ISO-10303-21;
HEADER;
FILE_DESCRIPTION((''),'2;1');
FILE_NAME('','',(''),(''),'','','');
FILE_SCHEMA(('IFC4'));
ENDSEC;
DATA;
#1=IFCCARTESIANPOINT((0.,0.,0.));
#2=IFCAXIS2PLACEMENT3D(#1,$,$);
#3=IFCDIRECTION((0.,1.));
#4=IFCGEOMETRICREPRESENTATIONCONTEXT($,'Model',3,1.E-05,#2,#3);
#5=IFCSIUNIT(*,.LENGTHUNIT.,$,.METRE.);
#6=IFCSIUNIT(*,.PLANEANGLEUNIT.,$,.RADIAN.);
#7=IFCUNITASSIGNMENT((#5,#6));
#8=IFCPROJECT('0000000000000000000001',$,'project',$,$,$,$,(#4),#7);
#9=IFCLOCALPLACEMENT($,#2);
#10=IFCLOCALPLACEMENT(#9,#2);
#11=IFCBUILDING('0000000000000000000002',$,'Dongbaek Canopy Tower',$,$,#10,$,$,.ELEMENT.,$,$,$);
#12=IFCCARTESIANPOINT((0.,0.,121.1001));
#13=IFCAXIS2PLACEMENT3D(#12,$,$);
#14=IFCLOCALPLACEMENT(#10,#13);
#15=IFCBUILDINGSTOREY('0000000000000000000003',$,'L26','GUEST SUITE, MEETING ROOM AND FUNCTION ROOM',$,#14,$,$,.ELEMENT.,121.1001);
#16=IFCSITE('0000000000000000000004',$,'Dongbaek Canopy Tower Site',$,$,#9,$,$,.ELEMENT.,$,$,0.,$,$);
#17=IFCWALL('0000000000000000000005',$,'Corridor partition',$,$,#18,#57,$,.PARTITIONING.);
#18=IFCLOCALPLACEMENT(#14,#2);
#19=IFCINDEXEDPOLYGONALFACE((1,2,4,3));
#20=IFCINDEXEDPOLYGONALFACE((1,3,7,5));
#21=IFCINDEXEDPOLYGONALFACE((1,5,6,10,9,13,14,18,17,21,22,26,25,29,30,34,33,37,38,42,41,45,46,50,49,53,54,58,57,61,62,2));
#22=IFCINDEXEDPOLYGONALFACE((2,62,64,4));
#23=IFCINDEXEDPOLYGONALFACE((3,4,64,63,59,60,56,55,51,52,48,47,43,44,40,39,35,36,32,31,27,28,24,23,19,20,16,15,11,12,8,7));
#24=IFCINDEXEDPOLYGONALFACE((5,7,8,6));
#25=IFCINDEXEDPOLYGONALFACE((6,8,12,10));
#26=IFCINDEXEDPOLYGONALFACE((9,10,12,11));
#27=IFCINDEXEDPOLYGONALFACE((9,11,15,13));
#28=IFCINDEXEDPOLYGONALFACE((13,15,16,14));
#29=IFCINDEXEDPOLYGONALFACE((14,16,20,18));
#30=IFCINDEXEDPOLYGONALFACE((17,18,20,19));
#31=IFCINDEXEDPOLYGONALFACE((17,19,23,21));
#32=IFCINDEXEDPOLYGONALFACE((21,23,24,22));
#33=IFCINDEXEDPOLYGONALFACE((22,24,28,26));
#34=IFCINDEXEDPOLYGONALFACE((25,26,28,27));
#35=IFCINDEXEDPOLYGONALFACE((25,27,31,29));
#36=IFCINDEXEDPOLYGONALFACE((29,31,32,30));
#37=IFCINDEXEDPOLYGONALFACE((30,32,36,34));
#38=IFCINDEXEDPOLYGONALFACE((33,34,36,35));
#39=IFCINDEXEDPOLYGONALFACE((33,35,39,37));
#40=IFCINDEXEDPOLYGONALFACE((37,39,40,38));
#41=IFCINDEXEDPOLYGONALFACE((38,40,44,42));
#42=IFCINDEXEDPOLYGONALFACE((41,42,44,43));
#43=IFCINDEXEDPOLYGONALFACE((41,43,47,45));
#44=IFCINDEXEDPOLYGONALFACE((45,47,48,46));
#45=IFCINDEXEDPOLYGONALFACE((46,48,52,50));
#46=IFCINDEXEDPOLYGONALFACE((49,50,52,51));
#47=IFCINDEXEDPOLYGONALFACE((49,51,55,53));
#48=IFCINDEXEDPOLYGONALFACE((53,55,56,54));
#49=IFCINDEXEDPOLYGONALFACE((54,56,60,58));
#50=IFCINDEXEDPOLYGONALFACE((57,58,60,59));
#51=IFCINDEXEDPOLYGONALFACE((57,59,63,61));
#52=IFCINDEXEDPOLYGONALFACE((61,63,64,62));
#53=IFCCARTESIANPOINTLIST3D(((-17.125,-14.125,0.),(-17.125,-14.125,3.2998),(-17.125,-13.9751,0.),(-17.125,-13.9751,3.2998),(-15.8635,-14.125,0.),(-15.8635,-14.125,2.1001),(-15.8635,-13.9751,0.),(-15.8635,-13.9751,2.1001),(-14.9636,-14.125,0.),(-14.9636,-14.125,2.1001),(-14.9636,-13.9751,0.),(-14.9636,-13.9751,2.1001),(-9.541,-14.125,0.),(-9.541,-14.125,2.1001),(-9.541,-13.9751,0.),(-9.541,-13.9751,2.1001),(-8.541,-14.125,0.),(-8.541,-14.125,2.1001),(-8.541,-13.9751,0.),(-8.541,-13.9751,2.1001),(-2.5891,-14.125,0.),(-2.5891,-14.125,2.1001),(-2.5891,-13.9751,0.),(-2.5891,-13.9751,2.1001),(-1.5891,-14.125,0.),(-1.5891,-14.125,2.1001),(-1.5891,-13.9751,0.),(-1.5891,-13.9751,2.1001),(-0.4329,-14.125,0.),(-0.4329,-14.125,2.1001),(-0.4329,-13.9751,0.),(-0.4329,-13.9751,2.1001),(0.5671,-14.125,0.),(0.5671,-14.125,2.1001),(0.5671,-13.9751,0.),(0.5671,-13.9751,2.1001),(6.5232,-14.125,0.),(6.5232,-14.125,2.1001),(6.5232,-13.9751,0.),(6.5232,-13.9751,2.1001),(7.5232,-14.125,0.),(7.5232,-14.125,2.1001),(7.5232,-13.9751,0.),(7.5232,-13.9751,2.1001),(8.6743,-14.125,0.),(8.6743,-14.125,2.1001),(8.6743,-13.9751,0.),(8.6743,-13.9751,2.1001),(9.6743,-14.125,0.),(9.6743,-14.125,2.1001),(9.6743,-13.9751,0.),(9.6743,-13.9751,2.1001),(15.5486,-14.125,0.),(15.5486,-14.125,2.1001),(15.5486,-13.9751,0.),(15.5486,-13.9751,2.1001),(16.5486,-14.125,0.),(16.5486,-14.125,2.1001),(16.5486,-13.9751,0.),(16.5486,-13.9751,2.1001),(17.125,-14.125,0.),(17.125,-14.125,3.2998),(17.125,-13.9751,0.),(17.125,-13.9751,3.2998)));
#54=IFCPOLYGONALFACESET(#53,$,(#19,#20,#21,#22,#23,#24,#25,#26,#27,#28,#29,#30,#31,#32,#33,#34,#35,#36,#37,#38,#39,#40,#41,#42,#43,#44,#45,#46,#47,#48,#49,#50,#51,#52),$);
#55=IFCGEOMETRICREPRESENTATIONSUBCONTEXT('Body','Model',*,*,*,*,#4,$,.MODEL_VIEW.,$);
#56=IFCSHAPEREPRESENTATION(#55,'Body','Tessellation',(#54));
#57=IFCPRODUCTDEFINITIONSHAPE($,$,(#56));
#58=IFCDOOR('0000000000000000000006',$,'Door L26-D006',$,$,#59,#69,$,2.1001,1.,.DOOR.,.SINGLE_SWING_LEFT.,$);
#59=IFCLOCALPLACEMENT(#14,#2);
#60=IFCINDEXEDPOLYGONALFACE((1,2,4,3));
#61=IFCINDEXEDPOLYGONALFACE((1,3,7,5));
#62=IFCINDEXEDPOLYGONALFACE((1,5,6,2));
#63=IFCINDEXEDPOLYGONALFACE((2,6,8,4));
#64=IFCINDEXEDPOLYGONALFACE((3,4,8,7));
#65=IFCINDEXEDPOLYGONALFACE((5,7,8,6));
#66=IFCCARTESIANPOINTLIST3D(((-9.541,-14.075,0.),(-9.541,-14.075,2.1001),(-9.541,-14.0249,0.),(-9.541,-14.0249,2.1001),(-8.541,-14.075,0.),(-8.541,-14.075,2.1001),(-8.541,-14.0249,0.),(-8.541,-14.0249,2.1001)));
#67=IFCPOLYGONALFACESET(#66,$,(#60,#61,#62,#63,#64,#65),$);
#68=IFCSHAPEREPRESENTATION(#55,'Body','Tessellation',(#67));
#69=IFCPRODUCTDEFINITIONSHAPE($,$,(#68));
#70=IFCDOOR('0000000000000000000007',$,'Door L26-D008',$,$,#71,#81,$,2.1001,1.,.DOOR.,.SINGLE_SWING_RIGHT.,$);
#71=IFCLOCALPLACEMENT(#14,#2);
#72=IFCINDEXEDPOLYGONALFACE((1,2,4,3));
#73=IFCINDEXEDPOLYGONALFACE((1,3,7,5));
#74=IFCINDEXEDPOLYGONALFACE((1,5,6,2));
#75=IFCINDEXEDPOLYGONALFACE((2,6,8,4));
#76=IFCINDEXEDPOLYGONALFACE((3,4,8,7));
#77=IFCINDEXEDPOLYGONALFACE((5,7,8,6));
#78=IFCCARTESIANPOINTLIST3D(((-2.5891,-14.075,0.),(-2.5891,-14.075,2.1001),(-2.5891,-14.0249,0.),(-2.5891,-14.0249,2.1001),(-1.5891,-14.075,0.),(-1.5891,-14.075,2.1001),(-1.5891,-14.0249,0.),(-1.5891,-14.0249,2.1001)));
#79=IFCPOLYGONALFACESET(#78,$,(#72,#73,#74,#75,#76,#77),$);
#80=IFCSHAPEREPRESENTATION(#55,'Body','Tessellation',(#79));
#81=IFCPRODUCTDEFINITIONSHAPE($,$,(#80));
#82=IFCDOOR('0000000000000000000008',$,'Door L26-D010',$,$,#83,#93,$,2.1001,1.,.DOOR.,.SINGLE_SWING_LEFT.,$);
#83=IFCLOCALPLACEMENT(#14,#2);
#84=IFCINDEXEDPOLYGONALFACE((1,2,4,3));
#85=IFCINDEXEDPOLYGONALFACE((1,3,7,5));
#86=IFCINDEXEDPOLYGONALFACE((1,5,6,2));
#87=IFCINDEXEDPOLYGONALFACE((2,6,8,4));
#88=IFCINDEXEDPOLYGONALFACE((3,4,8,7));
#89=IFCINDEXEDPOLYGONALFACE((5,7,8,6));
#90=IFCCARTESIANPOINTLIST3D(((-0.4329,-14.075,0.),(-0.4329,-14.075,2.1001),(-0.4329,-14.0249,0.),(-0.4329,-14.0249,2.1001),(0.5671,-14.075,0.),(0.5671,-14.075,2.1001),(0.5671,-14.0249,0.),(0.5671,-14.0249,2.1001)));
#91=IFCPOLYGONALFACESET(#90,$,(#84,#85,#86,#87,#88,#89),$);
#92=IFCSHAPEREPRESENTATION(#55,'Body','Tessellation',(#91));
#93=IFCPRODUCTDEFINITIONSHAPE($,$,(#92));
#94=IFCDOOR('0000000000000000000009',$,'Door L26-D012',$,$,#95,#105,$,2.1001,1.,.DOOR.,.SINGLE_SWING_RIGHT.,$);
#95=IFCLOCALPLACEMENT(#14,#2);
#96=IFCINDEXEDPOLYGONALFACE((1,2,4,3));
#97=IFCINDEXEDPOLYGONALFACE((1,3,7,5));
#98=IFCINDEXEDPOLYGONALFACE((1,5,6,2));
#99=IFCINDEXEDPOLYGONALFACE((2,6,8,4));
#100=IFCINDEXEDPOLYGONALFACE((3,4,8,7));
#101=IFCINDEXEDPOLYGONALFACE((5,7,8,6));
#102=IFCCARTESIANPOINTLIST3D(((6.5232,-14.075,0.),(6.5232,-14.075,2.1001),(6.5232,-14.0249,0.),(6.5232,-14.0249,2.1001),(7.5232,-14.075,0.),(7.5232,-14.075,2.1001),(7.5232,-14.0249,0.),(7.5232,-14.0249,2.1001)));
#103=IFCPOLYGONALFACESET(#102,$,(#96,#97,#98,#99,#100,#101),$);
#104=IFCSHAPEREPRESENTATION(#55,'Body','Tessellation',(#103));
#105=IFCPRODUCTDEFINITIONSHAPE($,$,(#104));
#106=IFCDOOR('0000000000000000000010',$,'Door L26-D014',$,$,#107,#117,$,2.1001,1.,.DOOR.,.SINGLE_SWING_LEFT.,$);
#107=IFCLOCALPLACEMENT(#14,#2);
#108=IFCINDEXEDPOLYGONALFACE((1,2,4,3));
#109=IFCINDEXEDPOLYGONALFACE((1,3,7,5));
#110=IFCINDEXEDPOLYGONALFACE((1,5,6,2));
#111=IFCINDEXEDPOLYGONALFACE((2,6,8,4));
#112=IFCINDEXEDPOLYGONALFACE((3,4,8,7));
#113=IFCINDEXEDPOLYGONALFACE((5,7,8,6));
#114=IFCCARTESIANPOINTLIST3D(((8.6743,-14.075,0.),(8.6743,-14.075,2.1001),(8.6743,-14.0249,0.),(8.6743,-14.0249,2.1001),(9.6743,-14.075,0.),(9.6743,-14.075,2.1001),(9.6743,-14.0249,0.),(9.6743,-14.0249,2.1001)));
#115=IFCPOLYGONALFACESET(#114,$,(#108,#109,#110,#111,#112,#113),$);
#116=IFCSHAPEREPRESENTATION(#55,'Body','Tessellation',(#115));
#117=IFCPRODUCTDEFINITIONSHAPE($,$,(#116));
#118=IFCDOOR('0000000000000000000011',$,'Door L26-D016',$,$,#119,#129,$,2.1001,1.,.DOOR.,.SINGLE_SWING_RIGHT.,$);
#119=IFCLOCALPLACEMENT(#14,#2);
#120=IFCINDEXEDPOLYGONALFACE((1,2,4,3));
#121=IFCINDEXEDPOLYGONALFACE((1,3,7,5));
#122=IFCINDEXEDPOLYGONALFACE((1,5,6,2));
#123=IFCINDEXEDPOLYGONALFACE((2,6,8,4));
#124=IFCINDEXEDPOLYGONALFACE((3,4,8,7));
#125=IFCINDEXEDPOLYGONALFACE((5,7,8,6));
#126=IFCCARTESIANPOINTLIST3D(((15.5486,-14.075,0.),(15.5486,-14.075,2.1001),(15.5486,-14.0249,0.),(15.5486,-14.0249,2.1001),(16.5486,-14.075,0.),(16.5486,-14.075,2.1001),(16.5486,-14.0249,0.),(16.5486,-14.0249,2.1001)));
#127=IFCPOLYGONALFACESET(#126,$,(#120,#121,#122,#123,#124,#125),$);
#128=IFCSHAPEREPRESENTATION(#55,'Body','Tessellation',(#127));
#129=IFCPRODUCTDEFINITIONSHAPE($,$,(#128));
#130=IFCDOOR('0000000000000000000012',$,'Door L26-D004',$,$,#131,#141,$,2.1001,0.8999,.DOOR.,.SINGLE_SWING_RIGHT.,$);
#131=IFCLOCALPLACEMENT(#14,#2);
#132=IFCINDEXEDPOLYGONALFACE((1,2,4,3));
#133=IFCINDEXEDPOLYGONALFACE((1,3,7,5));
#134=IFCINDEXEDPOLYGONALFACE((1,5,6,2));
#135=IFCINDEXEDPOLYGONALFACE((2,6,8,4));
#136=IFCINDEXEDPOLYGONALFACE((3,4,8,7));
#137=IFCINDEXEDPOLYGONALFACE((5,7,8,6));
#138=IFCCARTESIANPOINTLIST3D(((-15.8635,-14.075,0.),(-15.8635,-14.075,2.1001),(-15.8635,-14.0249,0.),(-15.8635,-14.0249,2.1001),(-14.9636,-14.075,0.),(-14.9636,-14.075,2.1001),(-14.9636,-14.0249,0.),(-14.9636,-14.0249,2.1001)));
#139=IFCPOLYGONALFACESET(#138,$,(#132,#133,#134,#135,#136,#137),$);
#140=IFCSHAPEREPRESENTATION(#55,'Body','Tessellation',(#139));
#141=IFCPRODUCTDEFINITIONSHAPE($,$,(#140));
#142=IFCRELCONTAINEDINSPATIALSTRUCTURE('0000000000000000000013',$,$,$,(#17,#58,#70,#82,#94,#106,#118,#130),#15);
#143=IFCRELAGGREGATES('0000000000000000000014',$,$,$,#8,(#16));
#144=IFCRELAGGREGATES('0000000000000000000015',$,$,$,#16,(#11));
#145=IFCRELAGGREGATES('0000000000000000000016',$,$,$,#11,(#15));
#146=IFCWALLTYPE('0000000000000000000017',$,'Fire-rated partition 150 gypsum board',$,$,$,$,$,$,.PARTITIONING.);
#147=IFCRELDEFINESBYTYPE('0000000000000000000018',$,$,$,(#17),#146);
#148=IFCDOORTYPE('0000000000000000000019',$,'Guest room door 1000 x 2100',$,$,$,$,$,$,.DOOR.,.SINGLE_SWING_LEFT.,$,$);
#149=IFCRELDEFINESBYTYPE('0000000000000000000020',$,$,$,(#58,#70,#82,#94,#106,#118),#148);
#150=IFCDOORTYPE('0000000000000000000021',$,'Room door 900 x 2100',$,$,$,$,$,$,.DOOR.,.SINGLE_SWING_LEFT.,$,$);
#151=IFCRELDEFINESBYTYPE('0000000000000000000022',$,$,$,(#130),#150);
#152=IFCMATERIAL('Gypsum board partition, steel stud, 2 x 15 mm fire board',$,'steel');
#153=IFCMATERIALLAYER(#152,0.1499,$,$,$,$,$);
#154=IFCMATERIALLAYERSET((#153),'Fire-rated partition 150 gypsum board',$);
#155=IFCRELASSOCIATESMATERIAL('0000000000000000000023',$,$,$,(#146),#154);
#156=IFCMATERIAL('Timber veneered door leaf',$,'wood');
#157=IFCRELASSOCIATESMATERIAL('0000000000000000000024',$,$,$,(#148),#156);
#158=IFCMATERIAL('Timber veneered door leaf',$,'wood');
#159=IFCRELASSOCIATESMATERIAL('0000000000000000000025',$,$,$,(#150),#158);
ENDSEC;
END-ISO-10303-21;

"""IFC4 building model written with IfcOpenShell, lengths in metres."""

from ifc_helpers import new_model, si_unit, direction, frame, frame_2d, origin, place, context, subcontext, project, spatial, rectangle, extrude, material, layer, layer_set, type_object, element, fill, save


model = new_model("IFC4")

# Units and contexts
model_context = context("Model", 3, precision=1e-05, world=origin(), true_north=direction((0.0, 1.0)))
body_context = subcontext(model_context, "Body", "Model", "MODEL_VIEW")
ifc_project = project(units=[si_unit("LENGTHUNIT", "METRE"), si_unit("PLANEANGLEUNIT", "RADIAN")], contexts=[model_context])

# Site, building, storey
site_placement = place(None, origin())
site = spatial("IfcSite", under=ifc_project, at=site_placement, Name="Dongbaek Canopy Tower Site", CompositionType="ELEMENT", RefElevation=0.0)
building_placement = place(site_placement, origin())
building = spatial("IfcBuilding", under=site, at=building_placement, Name="Dongbaek Canopy Tower", CompositionType="ELEMENT")
storey_placement = place(building_placement, frame((0.0, 0.0, 121.1001)))
storey = spatial("IfcBuildingStorey", under=building, at=storey_placement, Name="L26", Description="GUEST SUITE, MEETING ROOM AND FUNCTION ROOM", CompositionType="ELEMENT", Elevation=121.1001)

# Wall, openings, doors
ifc_material_1 = material(Name="Gypsum board partition, steel stud, 2 x 15 mm fire board", Category="steel")
ifc_layer_1 = layer(ifc_material_1, 0.1499)
ifc_layer_set_1 = layer_set([ifc_layer_1], Name="Fire-rated partition 150 gypsum board")
wall_type_1 = type_object("IfcWallType", Name="Fire-rated partition 150 gypsum board", PredefinedType="PARTITIONING", material=ifc_layer_set_1)
wall_1_placement = place(storey_placement, frame((17.125, -14.05, 0.0), z_axis=(0.0, 0.0, 1.0), x_axis=(-1.0, 0.0, 0.0)))
wall_1 = element("IfcWall", 1, at=wall_1_placement, inside=storey, type_object=wall_type_1, Name="Corridor partition", PredefinedType="PARTITIONING", context=body_context, shape_type="SweptSolid", body=[
    extrude(rectangle(XDim=34.25, YDim=0.1499, at=frame_2d((17.125, 0.0))), origin(), (0.0, 0.0, 1.0), 3.2998),
])
opening_1_placement = place(wall_1_placement, frame((32.0886, 0.0, 0.0)))
opening_1 = element("IfcOpeningElement", 2, at=opening_1_placement, cuts=wall_1, PredefinedType="OPENING", context=body_context, shape_type="SweptSolid", body=[
    extrude(rectangle(XDim=0.8999, YDim=2.1001, at=frame_2d((0.45, 1.05))), frame((0.0, 0.085, 0.0), z_axis=(0.0, -1.0, 0.0), x_axis=(1.0, 0.0, 0.0)), (0.0, 0.0, 1.0), 0.1699),
])
opening_2_placement = place(wall_1_placement, frame((25.666, 0.0, 0.0)))
opening_2 = element("IfcOpeningElement", 3, at=opening_2_placement, cuts=wall_1, PredefinedType="OPENING", context=body_context, shape_type="SweptSolid", body=[
    extrude(rectangle(XDim=1.0, YDim=2.1001, at=frame_2d((0.5, 1.05))), frame((0.0, 0.085, 0.0), z_axis=(0.0, -1.0, 0.0), x_axis=(1.0, 0.0, 0.0)), (0.0, 0.0, 1.0), 0.1699),
])
opening_3_placement = place(wall_1_placement, frame((18.7141, 0.0, 0.0)))
opening_3 = element("IfcOpeningElement", 4, at=opening_3_placement, cuts=wall_1, PredefinedType="OPENING", context=body_context, shape_type="SweptSolid", body=[
    extrude(rectangle(XDim=1.0, YDim=2.1001, at=frame_2d((0.5, 1.05))), frame((0.0, 0.085, 0.0), z_axis=(0.0, -1.0, 0.0), x_axis=(1.0, 0.0, 0.0)), (0.0, 0.0, 1.0), 0.1699),
])
opening_4_placement = place(wall_1_placement, frame((16.5579, 0.0, 0.0)))
opening_4 = element("IfcOpeningElement", 5, at=opening_4_placement, cuts=wall_1, PredefinedType="OPENING", context=body_context, shape_type="SweptSolid", body=[
    extrude(rectangle(XDim=1.0, YDim=2.1001, at=frame_2d((0.5, 1.05))), frame((0.0, 0.085, 0.0), z_axis=(0.0, -1.0, 0.0), x_axis=(1.0, 0.0, 0.0)), (0.0, 0.0, 1.0), 0.1699),
])
opening_5_placement = place(wall_1_placement, frame((9.6018, 0.0, 0.0)))
opening_5 = element("IfcOpeningElement", 6, at=opening_5_placement, cuts=wall_1, PredefinedType="OPENING", context=body_context, shape_type="SweptSolid", body=[
    extrude(rectangle(XDim=1.0, YDim=2.1001, at=frame_2d((0.5, 1.05))), frame((0.0, 0.085, 0.0), z_axis=(0.0, -1.0, 0.0), x_axis=(1.0, 0.0, 0.0)), (0.0, 0.0, 1.0), 0.1699),
])
opening_6_placement = place(wall_1_placement, frame((7.4507, 0.0, 0.0)))
opening_6 = element("IfcOpeningElement", 7, at=opening_6_placement, cuts=wall_1, PredefinedType="OPENING", context=body_context, shape_type="SweptSolid", body=[
    extrude(rectangle(XDim=1.0, YDim=2.1001, at=frame_2d((0.5, 1.05))), frame((0.0, 0.085, 0.0), z_axis=(0.0, -1.0, 0.0), x_axis=(1.0, 0.0, 0.0)), (0.0, 0.0, 1.0), 0.1699),
])
opening_7_placement = place(wall_1_placement, frame((0.5764, 0.0, 0.0)))
opening_7 = element("IfcOpeningElement", 8, at=opening_7_placement, cuts=wall_1, PredefinedType="OPENING", context=body_context, shape_type="SweptSolid", body=[
    extrude(rectangle(XDim=1.0, YDim=2.1001, at=frame_2d((0.5, 1.05))), frame((0.0, 0.085, 0.0), z_axis=(0.0, -1.0, 0.0), x_axis=(1.0, 0.0, 0.0)), (0.0, 0.0, 1.0), 0.1699),
])
ifc_material_2 = material(Name="Timber veneered door leaf", Category="wood")
door_type_1 = type_object("IfcDoorType", Name="Guest room door 1000 x 2100", OperationType="SINGLE_SWING_LEFT", PredefinedType="DOOR", material=ifc_material_2)
door_1_placement = place(opening_2_placement, origin())
door_1 = element("IfcDoor", 9, at=door_1_placement, inside=storey, type_object=door_type_1, Name="Door L26-D006", OperationType="SINGLE_SWING_LEFT", OverallHeight=2.1001, OverallWidth=1.0, PredefinedType="DOOR", context=body_context, shape_type="SweptSolid", body=[
    extrude(rectangle(XDim=1.0, YDim=2.1001, at=frame_2d((0.5, 1.05))), frame((0.0, 0.0249, 0.0), z_axis=(0.0, -1.0, 0.0), x_axis=(1.0, 0.0, 0.0)), (0.0, 0.0, 1.0), 0.05),
])
fill(opening_2, door_1)
door_2_placement = place(opening_3_placement, origin())
door_2 = element("IfcDoor", 10, at=door_2_placement, inside=storey, type_object=door_type_1, Name="Door L26-D008", OperationType="SINGLE_SWING_RIGHT", OverallHeight=2.1001, OverallWidth=1.0, PredefinedType="DOOR", context=body_context, shape_type="SweptSolid", body=[
    extrude(rectangle(XDim=1.0, YDim=2.1001, at=frame_2d((0.5, 1.05))), frame((0.0, 0.0249, 0.0), z_axis=(0.0, -1.0, 0.0), x_axis=(1.0, 0.0, 0.0)), (0.0, 0.0, 1.0), 0.05),
])
fill(opening_3, door_2)
door_3_placement = place(opening_4_placement, origin())
door_3 = element("IfcDoor", 11, at=door_3_placement, inside=storey, type_object=door_type_1, Name="Door L26-D010", OperationType="SINGLE_SWING_LEFT", OverallHeight=2.1001, OverallWidth=1.0, PredefinedType="DOOR", context=body_context, shape_type="SweptSolid", body=[
    extrude(rectangle(XDim=1.0, YDim=2.1001, at=frame_2d((0.5, 1.05))), frame((0.0, 0.0249, 0.0), z_axis=(0.0, -1.0, 0.0), x_axis=(1.0, 0.0, 0.0)), (0.0, 0.0, 1.0), 0.05),
])
fill(opening_4, door_3)
door_4_placement = place(opening_5_placement, origin())
door_4 = element("IfcDoor", 12, at=door_4_placement, inside=storey, type_object=door_type_1, Name="Door L26-D012", OperationType="SINGLE_SWING_RIGHT", OverallHeight=2.1001, OverallWidth=1.0, PredefinedType="DOOR", context=body_context, shape_type="SweptSolid", body=[
    extrude(rectangle(XDim=1.0, YDim=2.1001, at=frame_2d((0.5, 1.05))), frame((0.0, 0.0249, 0.0), z_axis=(0.0, -1.0, 0.0), x_axis=(1.0, 0.0, 0.0)), (0.0, 0.0, 1.0), 0.05),
])
fill(opening_5, door_4)
door_5_placement = place(opening_6_placement, origin())
door_5 = element("IfcDoor", 13, at=door_5_placement, inside=storey, type_object=door_type_1, Name="Door L26-D014", OperationType="SINGLE_SWING_LEFT", OverallHeight=2.1001, OverallWidth=1.0, PredefinedType="DOOR", context=body_context, shape_type="SweptSolid", body=[
    extrude(rectangle(XDim=1.0, YDim=2.1001, at=frame_2d((0.5, 1.05))), frame((0.0, 0.0249, 0.0), z_axis=(0.0, -1.0, 0.0), x_axis=(1.0, 0.0, 0.0)), (0.0, 0.0, 1.0), 0.05),
])
fill(opening_6, door_5)
door_6_placement = place(opening_7_placement, origin())
door_6 = element("IfcDoor", 14, at=door_6_placement, inside=storey, type_object=door_type_1, Name="Door L26-D016", OperationType="SINGLE_SWING_RIGHT", OverallHeight=2.1001, OverallWidth=1.0, PredefinedType="DOOR", context=body_context, shape_type="SweptSolid", body=[
    extrude(rectangle(XDim=1.0, YDim=2.1001, at=frame_2d((0.5, 1.05))), frame((0.0, 0.0249, 0.0), z_axis=(0.0, -1.0, 0.0), x_axis=(1.0, 0.0, 0.0)), (0.0, 0.0, 1.0), 0.05),
])
fill(opening_7, door_6)
ifc_material_3 = material(Name="Timber veneered door leaf", Category="wood")
door_type_2 = type_object("IfcDoorType", Name="Room door 900 x 2100", OperationType="SINGLE_SWING_LEFT", PredefinedType="DOOR", material=ifc_material_3)
door_7_placement = place(opening_1_placement, origin())
door_7 = element("IfcDoor", 15, at=door_7_placement, inside=storey, type_object=door_type_2, Name="Door L26-D004", OperationType="SINGLE_SWING_RIGHT", OverallHeight=2.1001, OverallWidth=0.8999, PredefinedType="DOOR", context=body_context, shape_type="SweptSolid", body=[
    extrude(rectangle(XDim=0.8999, YDim=2.1001, at=frame_2d((0.45, 1.05))), frame((0.0, 0.0249, 0.0), z_axis=(0.0, -1.0, 0.0), x_axis=(1.0, 0.0, 0.0)), (0.0, 0.0, 1.0), 0.05),
])
fill(opening_1, door_7)

save(model, "model.ifc")
